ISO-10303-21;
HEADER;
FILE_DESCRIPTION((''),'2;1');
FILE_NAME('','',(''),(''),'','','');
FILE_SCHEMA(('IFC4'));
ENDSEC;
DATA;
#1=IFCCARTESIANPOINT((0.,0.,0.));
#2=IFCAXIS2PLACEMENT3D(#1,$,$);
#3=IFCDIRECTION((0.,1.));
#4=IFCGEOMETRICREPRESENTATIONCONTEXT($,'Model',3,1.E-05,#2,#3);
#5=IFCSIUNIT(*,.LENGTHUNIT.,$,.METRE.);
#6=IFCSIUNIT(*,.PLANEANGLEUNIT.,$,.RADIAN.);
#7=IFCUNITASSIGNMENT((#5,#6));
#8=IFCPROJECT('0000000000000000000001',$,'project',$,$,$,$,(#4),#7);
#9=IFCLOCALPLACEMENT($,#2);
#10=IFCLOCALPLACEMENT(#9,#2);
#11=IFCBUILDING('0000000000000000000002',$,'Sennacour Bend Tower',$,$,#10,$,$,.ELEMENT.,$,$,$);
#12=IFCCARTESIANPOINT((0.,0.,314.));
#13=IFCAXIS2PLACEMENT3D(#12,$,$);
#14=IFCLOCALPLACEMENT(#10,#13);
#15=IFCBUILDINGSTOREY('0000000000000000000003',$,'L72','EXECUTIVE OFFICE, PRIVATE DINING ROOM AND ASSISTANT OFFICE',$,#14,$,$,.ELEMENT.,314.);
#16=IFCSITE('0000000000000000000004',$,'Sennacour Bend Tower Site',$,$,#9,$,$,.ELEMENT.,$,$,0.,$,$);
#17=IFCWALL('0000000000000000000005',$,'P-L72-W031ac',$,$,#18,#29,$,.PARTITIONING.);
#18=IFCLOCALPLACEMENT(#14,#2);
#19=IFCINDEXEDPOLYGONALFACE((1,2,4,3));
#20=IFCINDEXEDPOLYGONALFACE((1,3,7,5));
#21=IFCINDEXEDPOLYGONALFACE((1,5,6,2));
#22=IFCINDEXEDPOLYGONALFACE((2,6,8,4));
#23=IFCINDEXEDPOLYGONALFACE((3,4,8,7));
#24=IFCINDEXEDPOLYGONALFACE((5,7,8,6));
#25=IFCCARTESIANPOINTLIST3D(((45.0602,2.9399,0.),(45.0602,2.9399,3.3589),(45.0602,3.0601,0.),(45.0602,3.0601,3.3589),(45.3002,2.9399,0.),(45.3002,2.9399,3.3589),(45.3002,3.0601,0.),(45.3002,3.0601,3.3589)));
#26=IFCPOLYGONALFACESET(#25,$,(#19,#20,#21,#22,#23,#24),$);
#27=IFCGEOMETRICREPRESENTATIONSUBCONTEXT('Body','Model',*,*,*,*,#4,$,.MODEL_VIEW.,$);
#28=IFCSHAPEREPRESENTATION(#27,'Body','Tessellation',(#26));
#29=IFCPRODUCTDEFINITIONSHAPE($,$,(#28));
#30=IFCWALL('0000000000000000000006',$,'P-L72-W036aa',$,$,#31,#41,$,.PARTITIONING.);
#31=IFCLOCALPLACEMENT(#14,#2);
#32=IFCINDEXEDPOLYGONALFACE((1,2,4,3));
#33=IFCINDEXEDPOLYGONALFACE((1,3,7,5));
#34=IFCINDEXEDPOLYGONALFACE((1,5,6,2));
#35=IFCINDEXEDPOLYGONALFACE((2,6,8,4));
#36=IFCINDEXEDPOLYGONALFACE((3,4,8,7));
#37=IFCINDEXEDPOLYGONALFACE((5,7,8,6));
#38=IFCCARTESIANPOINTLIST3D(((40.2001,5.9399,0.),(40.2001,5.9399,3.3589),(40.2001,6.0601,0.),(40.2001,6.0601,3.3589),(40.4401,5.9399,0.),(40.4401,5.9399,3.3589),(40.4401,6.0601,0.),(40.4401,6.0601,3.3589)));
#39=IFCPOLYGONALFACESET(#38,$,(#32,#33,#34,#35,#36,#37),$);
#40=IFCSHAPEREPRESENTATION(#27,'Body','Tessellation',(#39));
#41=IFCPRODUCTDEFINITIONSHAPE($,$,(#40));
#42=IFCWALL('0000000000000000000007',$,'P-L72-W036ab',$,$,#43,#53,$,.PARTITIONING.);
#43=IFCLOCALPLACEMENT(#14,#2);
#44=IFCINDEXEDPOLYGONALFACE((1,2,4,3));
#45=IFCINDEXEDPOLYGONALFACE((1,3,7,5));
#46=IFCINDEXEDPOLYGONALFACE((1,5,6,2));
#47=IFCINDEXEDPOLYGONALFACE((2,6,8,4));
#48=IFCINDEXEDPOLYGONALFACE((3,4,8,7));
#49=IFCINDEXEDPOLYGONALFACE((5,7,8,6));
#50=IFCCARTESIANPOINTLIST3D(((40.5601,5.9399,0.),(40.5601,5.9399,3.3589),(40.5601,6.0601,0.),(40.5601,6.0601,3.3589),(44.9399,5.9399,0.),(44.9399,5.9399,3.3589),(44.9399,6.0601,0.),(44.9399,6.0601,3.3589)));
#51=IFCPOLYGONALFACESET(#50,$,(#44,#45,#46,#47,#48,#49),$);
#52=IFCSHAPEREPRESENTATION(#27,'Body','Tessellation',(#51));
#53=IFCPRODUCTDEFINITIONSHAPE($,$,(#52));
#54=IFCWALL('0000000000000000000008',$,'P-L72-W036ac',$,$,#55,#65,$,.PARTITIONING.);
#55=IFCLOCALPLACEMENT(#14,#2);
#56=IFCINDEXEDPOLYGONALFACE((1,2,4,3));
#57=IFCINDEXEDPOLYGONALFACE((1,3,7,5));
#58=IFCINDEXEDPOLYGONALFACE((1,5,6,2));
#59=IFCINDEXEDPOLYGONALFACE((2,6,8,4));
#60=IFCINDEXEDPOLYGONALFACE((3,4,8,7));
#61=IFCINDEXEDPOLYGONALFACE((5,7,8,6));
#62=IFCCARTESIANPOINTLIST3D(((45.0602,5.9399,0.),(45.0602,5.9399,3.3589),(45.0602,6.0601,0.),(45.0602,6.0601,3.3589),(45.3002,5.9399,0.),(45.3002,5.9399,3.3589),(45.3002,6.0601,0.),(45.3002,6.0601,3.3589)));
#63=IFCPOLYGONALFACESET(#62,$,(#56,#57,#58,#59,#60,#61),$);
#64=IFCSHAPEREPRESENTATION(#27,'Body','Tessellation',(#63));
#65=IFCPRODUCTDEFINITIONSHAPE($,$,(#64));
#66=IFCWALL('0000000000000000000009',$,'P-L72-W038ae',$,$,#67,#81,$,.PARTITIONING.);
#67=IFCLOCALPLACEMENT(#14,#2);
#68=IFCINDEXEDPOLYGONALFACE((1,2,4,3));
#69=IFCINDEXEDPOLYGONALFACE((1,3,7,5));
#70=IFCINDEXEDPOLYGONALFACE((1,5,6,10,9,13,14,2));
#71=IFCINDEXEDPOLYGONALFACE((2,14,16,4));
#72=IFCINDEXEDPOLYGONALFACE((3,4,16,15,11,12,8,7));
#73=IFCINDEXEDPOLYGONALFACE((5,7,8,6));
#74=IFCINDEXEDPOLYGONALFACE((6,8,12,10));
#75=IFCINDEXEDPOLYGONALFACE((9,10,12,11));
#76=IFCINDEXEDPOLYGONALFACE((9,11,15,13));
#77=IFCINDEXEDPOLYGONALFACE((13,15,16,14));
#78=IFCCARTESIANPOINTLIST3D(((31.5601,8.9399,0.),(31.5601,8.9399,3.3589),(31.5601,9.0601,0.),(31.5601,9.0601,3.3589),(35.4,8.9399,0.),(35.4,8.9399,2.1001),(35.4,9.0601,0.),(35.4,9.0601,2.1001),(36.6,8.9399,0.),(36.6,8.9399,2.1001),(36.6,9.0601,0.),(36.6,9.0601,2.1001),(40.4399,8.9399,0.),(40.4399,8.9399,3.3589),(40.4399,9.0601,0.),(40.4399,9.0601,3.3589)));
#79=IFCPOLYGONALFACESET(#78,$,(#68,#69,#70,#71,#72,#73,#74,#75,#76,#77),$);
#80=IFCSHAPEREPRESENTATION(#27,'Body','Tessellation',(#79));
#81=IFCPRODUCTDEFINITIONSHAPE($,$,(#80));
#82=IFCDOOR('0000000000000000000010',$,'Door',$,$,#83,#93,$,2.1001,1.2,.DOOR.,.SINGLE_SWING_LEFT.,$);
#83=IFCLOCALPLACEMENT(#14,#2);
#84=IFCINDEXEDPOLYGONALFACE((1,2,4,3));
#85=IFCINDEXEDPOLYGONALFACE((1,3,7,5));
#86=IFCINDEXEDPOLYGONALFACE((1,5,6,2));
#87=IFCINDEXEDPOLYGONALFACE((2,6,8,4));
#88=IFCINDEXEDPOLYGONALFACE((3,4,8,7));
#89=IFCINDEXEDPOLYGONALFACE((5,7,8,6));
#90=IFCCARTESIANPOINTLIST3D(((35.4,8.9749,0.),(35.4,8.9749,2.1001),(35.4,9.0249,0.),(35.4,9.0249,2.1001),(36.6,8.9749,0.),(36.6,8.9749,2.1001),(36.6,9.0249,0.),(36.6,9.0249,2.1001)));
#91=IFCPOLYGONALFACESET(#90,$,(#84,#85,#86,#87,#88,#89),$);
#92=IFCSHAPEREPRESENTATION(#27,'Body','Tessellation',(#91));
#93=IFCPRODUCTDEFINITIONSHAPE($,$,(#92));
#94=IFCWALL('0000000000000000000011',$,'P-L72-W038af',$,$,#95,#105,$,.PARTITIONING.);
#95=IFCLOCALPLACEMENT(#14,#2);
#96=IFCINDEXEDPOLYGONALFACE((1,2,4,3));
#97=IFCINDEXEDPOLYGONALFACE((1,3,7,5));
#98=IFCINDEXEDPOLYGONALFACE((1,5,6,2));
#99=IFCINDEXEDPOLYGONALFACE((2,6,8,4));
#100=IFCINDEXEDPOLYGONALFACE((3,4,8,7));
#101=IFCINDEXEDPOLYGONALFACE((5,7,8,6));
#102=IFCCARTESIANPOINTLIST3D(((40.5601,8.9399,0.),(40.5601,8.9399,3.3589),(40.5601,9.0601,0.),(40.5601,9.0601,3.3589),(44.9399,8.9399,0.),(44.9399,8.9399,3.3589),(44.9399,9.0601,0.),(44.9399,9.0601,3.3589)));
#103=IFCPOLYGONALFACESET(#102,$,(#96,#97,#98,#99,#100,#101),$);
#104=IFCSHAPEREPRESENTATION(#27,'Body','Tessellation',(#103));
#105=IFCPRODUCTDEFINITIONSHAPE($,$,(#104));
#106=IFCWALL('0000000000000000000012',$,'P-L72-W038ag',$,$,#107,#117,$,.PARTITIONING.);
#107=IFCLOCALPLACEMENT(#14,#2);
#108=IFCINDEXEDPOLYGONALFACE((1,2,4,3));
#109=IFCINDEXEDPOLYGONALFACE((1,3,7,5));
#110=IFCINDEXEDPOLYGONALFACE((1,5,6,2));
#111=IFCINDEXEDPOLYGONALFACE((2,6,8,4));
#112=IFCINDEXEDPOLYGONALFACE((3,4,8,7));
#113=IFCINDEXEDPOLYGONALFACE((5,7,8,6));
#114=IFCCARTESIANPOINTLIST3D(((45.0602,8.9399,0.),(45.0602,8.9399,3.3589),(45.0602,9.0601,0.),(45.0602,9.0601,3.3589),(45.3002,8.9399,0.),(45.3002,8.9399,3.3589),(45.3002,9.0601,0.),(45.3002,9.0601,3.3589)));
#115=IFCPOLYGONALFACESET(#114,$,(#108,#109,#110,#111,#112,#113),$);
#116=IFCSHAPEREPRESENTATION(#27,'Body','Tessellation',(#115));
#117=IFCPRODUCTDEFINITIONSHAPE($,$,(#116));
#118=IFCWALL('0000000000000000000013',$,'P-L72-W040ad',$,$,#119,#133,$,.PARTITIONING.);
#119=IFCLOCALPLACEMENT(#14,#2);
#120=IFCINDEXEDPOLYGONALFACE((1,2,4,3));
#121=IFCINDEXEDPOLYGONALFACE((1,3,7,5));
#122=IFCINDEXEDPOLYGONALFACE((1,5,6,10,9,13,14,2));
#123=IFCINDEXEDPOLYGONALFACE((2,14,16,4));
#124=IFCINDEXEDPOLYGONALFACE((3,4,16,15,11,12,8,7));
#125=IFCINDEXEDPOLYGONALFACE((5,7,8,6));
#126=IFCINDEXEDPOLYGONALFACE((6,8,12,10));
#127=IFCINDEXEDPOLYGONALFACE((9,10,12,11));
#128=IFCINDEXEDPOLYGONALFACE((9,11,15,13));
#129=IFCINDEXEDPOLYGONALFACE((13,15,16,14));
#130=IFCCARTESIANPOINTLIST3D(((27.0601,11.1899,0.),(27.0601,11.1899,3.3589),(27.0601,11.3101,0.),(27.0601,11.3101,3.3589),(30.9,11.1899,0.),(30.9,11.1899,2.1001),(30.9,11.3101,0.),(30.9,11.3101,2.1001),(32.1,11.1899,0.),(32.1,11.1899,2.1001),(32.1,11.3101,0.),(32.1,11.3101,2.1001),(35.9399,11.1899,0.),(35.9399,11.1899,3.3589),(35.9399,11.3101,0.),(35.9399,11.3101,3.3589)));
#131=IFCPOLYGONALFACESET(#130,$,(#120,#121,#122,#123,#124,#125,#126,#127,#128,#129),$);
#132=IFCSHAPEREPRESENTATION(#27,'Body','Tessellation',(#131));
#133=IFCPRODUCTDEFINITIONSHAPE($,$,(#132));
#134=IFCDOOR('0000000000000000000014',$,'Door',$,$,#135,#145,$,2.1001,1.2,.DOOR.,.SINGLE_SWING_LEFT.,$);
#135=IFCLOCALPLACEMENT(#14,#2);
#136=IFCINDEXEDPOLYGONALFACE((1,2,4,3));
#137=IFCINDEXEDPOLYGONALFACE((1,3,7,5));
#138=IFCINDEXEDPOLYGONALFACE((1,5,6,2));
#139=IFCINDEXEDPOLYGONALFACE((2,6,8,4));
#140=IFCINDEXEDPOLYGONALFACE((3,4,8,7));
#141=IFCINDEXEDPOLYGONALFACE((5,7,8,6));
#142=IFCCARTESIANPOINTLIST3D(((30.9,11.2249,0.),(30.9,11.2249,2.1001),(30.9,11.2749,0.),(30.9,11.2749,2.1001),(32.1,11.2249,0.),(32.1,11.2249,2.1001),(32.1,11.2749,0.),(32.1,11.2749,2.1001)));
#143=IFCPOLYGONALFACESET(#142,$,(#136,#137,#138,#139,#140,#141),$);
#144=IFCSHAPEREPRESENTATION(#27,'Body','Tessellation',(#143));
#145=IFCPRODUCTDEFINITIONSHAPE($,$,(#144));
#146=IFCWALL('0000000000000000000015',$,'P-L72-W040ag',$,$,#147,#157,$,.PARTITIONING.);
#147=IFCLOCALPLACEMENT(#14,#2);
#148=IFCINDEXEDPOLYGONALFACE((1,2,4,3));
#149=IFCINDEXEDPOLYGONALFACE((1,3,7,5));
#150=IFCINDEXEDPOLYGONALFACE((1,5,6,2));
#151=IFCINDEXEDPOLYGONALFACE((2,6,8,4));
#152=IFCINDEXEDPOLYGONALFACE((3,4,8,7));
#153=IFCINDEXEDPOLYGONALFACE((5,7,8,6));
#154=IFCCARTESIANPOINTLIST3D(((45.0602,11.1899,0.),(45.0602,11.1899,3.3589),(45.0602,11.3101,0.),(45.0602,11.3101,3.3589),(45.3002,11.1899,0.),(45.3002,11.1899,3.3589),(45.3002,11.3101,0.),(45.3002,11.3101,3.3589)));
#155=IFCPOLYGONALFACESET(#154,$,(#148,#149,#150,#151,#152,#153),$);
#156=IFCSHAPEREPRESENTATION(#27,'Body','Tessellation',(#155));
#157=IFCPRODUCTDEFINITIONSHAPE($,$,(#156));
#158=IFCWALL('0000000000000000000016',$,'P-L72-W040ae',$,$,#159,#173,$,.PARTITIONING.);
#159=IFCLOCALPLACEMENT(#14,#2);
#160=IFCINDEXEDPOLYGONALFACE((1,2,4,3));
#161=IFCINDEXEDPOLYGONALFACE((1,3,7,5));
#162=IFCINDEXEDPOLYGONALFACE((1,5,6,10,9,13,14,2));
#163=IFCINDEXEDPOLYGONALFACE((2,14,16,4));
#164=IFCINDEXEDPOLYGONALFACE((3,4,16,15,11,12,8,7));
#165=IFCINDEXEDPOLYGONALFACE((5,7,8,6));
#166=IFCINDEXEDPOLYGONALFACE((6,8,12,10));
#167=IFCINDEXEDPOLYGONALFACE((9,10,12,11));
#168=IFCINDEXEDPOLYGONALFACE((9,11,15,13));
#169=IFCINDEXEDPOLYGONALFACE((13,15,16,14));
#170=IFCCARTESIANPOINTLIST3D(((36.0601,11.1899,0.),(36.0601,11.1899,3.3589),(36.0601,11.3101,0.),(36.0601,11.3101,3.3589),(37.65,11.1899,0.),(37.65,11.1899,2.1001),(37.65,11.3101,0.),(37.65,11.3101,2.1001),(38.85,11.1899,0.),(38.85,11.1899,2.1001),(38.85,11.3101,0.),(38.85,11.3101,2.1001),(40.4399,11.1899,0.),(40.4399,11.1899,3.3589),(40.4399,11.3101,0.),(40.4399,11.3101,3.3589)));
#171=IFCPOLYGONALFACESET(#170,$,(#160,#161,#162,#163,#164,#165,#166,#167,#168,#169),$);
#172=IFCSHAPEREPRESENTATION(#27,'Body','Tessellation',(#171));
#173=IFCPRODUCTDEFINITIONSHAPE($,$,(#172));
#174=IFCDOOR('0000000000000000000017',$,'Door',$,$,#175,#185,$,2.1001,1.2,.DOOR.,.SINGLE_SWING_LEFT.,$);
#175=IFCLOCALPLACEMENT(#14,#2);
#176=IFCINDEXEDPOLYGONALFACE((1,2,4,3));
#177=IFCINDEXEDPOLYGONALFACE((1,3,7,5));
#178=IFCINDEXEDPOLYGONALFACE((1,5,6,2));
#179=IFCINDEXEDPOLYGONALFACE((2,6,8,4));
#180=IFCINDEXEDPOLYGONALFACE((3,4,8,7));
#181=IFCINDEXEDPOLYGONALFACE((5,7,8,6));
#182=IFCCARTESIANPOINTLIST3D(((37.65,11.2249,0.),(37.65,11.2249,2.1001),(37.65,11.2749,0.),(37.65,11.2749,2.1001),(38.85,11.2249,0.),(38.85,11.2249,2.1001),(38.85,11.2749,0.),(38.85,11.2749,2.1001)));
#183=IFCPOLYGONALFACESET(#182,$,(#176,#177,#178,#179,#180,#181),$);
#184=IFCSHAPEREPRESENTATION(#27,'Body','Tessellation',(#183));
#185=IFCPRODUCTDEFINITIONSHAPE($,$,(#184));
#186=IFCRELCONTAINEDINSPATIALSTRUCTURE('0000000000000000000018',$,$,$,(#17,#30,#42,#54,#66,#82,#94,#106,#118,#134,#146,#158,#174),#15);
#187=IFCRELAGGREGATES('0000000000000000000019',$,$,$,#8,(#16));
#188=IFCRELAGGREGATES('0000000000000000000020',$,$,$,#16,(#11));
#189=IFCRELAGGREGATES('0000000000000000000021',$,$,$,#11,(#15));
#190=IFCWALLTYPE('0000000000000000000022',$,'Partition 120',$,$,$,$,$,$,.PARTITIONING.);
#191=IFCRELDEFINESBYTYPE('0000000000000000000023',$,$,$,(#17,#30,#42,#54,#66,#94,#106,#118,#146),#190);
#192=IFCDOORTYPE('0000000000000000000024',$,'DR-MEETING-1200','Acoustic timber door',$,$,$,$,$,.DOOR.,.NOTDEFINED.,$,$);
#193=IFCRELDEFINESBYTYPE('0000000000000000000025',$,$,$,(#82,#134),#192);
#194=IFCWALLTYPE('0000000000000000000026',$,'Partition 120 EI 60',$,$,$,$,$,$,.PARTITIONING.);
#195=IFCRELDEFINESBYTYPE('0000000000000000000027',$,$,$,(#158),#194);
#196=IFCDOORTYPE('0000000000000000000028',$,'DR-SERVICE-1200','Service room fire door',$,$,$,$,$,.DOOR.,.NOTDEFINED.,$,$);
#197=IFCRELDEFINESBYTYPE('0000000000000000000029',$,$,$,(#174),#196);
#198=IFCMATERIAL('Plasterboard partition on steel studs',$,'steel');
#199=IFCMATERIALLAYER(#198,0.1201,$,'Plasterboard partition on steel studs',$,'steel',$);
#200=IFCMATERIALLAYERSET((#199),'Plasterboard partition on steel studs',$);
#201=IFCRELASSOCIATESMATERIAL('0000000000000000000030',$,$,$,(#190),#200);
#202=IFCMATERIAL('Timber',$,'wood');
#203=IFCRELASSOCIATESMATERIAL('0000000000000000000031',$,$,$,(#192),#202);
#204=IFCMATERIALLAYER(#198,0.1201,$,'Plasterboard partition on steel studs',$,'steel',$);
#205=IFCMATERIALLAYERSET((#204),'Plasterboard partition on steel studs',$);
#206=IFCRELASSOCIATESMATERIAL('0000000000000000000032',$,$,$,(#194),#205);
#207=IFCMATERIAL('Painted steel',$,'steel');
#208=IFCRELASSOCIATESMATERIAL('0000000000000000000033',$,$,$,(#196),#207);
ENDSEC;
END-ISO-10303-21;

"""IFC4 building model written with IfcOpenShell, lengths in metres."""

from ifc_helpers import new_model, si_unit, direction, frame, frame_2d, origin, place, context, subcontext, project, spatial, rectangle, extrude, material, layer, layer_set, type_object, element, fill, save


model = new_model("IFC4")

# Units and contexts
model_context = context("Model", 3, precision=1e-05, world=origin(), true_north=direction((0.0, 1.0)))
body_context = subcontext(model_context, "Body", "Model", "MODEL_VIEW")
ifc_project = project(units=[si_unit("LENGTHUNIT", "METRE"), si_unit("PLANEANGLEUNIT", "RADIAN")], contexts=[model_context])

# Site, building, storey
site_placement = place(None, origin())
site = spatial("IfcSite", under=ifc_project, at=site_placement, Name="Sennacour Bend Tower Site", CompositionType="ELEMENT", RefElevation=0.0)
building_placement = place(site_placement, origin())
building = spatial("IfcBuilding", under=site, at=building_placement, Name="Sennacour Bend Tower", CompositionType="ELEMENT")
storey_placement = place(building_placement, frame((0.0, 0.0, 314.0)))
storey = spatial("IfcBuildingStorey", under=building, at=storey_placement, Name="L72", Description="EXECUTIVE OFFICE, PRIVATE DINING ROOM AND ASSISTANT OFFICE", CompositionType="ELEMENT", Elevation=314.0)

# Walls
ifc_material_1 = material(Name="Plasterboard partition on steel studs", Category="steel")
ifc_layer_1 = layer(ifc_material_1, 0.1201, Name="Plasterboard partition on steel studs", Category="steel")
ifc_layer_set_1 = layer_set([ifc_layer_1], Name="Plasterboard partition on steel studs")
wall_type_1 = type_object("IfcWallType", Name="Partition 120", PredefinedType="PARTITIONING", material=ifc_layer_set_1)
for number, where, z_axis, x_axis, name in (
    (1, (45.0601, 3.0, 0.0), (0.0, 0.0, 1.0), (1.0, 0.0, 0.0), "P-L72-W031ac"),
    (2, (40.2, 6.0, 0.0), (0.0, 0.0, 1.0), (1.0, 0.0, 0.0), "P-L72-W036aa"),
):
    element("IfcWall", number, at=place(storey_placement, frame(where, z_axis=z_axis, x_axis=x_axis)), inside=storey, type_object=wall_type_1, Name=name, PredefinedType="PARTITIONING", context=body_context, shape_type="SweptSolid", body=[
        extrude(rectangle(XDim=0.24, YDim=0.1201, at=frame_2d((0.1201, 0.0))), origin(), (0.0, 0.0, 1.0), 3.3589),
    ])
wall_1_placement = place(storey_placement, frame((40.5601, 6.0, 0.0), z_axis=(0.0, 0.0, 1.0), x_axis=(1.0, 0.0, 0.0)))
element("IfcWall", 3, at=wall_1_placement, inside=storey, type_object=wall_type_1, Name="P-L72-W036ab", PredefinedType="PARTITIONING", context=body_context, shape_type="SweptSolid", body=[
    extrude(rectangle(XDim=4.3799, YDim=0.1201, at=frame_2d((2.1899, 0.0))), origin(), (0.0, 0.0, 1.0), 3.3589),
])
wall_2_placement = place(storey_placement, frame((45.0601, 6.0, 0.0), z_axis=(0.0, 0.0, 1.0), x_axis=(1.0, 0.0, 0.0)))
element("IfcWall", 4, at=wall_2_placement, inside=storey, type_object=wall_type_1, Name="P-L72-W036ac", PredefinedType="PARTITIONING", context=body_context, shape_type="SweptSolid", body=[
    extrude(rectangle(XDim=0.24, YDim=0.1201, at=frame_2d((0.1201, 0.0))), origin(), (0.0, 0.0, 1.0), 3.3589),
])

# Wall, opening, door
wall_3_placement = place(storey_placement, frame((31.5601, 9.0, 0.0), z_axis=(0.0, 0.0, 1.0), x_axis=(1.0, 0.0, 0.0)))
wall_3 = element("IfcWall", 5, at=wall_3_placement, inside=storey, type_object=wall_type_1, Name="P-L72-W038ae", PredefinedType="PARTITIONING", context=body_context, shape_type="SweptSolid", body=[
    extrude(rectangle(XDim=8.8799, YDim=0.1201, at=frame_2d((4.4399, 0.0))), origin(), (0.0, 0.0, 1.0), 3.3589),
])
opening_1_placement = place(wall_3_placement, frame((3.8398, 0.0, 0.0)))
opening_1 = element("IfcOpeningElement", 6, at=opening_1_placement, cuts=wall_3, PredefinedType="OPENING", context=body_context, shape_type="SweptSolid", body=[
    extrude(rectangle(XDim=1.2, YDim=2.1001, at=frame_2d((0.6001, 1.05))), frame((0.0, 0.0701, 0.0), z_axis=(0.0, -1.0, 0.0), x_axis=(1.0, 0.0, 0.0)), (0.0, 0.0, 1.0), 0.1401),
])
ifc_material_2 = material(Name="Timber", Category="wood")
door_type_1 = type_object("IfcDoorType", Name="DR-MEETING-1200", Description="Acoustic timber door", OperationType="NOTDEFINED", PredefinedType="DOOR", material=ifc_material_2)
door_1_placement = place(opening_1_placement, origin())
door_1 = element("IfcDoor", 7, at=door_1_placement, inside=storey, type_object=door_type_1, Name="Door", OperationType="SINGLE_SWING_LEFT", OverallHeight=2.1001, OverallWidth=1.2, PredefinedType="DOOR", context=body_context, shape_type="SweptSolid", body=[
    extrude(rectangle(XDim=1.2, YDim=2.1001, at=frame_2d((0.6001, 1.05))), frame((0.0, 0.0249, 0.0), z_axis=(0.0, -1.0, 0.0), x_axis=(1.0, 0.0, 0.0)), (0.0, 0.0, 1.0), 0.05),
])
fill(opening_1, door_1)

# Walls
wall_4_placement = place(storey_placement, frame((40.5601, 9.0, 0.0), z_axis=(0.0, 0.0, 1.0), x_axis=(1.0, 0.0, 0.0)))
element("IfcWall", 8, at=wall_4_placement, inside=storey, type_object=wall_type_1, Name="P-L72-W038af", PredefinedType="PARTITIONING", context=body_context, shape_type="SweptSolid", body=[
    extrude(rectangle(XDim=4.3799, YDim=0.1201, at=frame_2d((2.1899, 0.0))), origin(), (0.0, 0.0, 1.0), 3.3589),
])
wall_5_placement = place(storey_placement, frame((45.0601, 9.0, 0.0), z_axis=(0.0, 0.0, 1.0), x_axis=(1.0, 0.0, 0.0)))
element("IfcWall", 9, at=wall_5_placement, inside=storey, type_object=wall_type_1, Name="P-L72-W038ag", PredefinedType="PARTITIONING", context=body_context, shape_type="SweptSolid", body=[
    extrude(rectangle(XDim=0.24, YDim=0.1201, at=frame_2d((0.1201, 0.0))), origin(), (0.0, 0.0, 1.0), 3.3589),
])

# Wall, opening, door
wall_6_placement = place(storey_placement, frame((27.0601, 11.25, 0.0), z_axis=(0.0, 0.0, 1.0), x_axis=(1.0, 0.0, 0.0)))
wall_6 = element("IfcWall", 10, at=wall_6_placement, inside=storey, type_object=wall_type_1, Name="P-L72-W040ad", PredefinedType="PARTITIONING", context=body_context, shape_type="SweptSolid", body=[
    extrude(rectangle(XDim=8.8799, YDim=0.1201, at=frame_2d((4.4399, 0.0))), origin(), (0.0, 0.0, 1.0), 3.3589),
])
opening_2_placement = place(wall_6_placement, frame((3.8398, 0.0, 0.0)))
opening_2 = element("IfcOpeningElement", 11, at=opening_2_placement, cuts=wall_6, PredefinedType="OPENING", context=body_context, shape_type="SweptSolid", body=[
    extrude(rectangle(XDim=1.2, YDim=2.1001, at=frame_2d((0.6001, 1.05))), frame((0.0, 0.0701, 0.0), z_axis=(0.0, -1.0, 0.0), x_axis=(1.0, 0.0, 0.0)), (0.0, 0.0, 1.0), 0.1401),
])
door_2_placement = place(opening_2_placement, origin())
door_2 = element("IfcDoor", 12, at=door_2_placement, inside=storey, type_object=door_type_1, Name="Door", OperationType="SINGLE_SWING_LEFT", OverallHeight=2.1001, OverallWidth=1.2, PredefinedType="DOOR", context=body_context, shape_type="SweptSolid", body=[
    extrude(rectangle(XDim=1.2, YDim=2.1001, at=frame_2d((0.6001, 1.05))), frame((0.0, 0.0249, 0.0), z_axis=(0.0, -1.0, 0.0), x_axis=(1.0, 0.0, 0.0)), (0.0, 0.0, 1.0), 0.05),
])
fill(opening_2, door_2)

# Wall
wall_7_placement = place(storey_placement, frame((45.0601, 11.25, 0.0), z_axis=(0.0, 0.0, 1.0), x_axis=(1.0, 0.0, 0.0)))
element("IfcWall", 13, at=wall_7_placement, inside=storey, type_object=wall_type_1, Name="P-L72-W040ag", PredefinedType="PARTITIONING", context=body_context, shape_type="SweptSolid", body=[
    extrude(rectangle(XDim=0.24, YDim=0.1201, at=frame_2d((0.1201, 0.0))), origin(), (0.0, 0.0, 1.0), 3.3589),
])

# Wall, opening, door
ifc_layer_2 = layer(ifc_material_1, 0.1201, Name="Plasterboard partition on steel studs", Category="steel")
ifc_layer_set_2 = layer_set([ifc_layer_2], Name="Plasterboard partition on steel studs")
wall_type_2 = type_object("IfcWallType", Name="Partition 120 EI 60", PredefinedType="PARTITIONING", material=ifc_layer_set_2)
wall_8_placement = place(storey_placement, frame((36.0601, 11.25, 0.0), z_axis=(0.0, 0.0, 1.0), x_axis=(1.0, 0.0, 0.0)))
wall_8 = element("IfcWall", 14, at=wall_8_placement, inside=storey, type_object=wall_type_2, Name="P-L72-W040ae", PredefinedType="PARTITIONING", context=body_context, shape_type="SweptSolid", body=[
    extrude(rectangle(XDim=4.3799, YDim=0.1201, at=frame_2d((2.1899, 0.0))), origin(), (0.0, 0.0, 1.0), 3.3589),
])
opening_3_placement = place(wall_8_placement, frame((1.5898, 0.0, 0.0)))
opening_3 = element("IfcOpeningElement", 15, at=opening_3_placement, cuts=wall_8, PredefinedType="OPENING", context=body_context, shape_type="SweptSolid", body=[
    extrude(rectangle(XDim=1.2, YDim=2.1001, at=frame_2d((0.6001, 1.05))), frame((0.0, 0.0701, 0.0), z_axis=(0.0, -1.0, 0.0), x_axis=(1.0, 0.0, 0.0)), (0.0, 0.0, 1.0), 0.1401),
])
ifc_material_3 = material(Name="Painted steel", Category="steel")
door_type_2 = type_object("IfcDoorType", Name="DR-SERVICE-1200", Description="Service room fire door", OperationType="NOTDEFINED", PredefinedType="DOOR", material=ifc_material_3)
door_3_placement = place(opening_3_placement, origin())
door_3 = element("IfcDoor", 16, at=door_3_placement, inside=storey, type_object=door_type_2, Name="Door", OperationType="SINGLE_SWING_LEFT", OverallHeight=2.1001, OverallWidth=1.2, PredefinedType="DOOR", context=body_context, shape_type="SweptSolid", body=[
    extrude(rectangle(XDim=1.2, YDim=2.1001, at=frame_2d((0.6001, 1.05))), frame((0.0, 0.0249, 0.0), z_axis=(0.0, -1.0, 0.0), x_axis=(1.0, 0.0, 0.0)), (0.0, 0.0, 1.0), 0.05),
])
fill(opening_3, door_3)

save(model, "model.ifc")
